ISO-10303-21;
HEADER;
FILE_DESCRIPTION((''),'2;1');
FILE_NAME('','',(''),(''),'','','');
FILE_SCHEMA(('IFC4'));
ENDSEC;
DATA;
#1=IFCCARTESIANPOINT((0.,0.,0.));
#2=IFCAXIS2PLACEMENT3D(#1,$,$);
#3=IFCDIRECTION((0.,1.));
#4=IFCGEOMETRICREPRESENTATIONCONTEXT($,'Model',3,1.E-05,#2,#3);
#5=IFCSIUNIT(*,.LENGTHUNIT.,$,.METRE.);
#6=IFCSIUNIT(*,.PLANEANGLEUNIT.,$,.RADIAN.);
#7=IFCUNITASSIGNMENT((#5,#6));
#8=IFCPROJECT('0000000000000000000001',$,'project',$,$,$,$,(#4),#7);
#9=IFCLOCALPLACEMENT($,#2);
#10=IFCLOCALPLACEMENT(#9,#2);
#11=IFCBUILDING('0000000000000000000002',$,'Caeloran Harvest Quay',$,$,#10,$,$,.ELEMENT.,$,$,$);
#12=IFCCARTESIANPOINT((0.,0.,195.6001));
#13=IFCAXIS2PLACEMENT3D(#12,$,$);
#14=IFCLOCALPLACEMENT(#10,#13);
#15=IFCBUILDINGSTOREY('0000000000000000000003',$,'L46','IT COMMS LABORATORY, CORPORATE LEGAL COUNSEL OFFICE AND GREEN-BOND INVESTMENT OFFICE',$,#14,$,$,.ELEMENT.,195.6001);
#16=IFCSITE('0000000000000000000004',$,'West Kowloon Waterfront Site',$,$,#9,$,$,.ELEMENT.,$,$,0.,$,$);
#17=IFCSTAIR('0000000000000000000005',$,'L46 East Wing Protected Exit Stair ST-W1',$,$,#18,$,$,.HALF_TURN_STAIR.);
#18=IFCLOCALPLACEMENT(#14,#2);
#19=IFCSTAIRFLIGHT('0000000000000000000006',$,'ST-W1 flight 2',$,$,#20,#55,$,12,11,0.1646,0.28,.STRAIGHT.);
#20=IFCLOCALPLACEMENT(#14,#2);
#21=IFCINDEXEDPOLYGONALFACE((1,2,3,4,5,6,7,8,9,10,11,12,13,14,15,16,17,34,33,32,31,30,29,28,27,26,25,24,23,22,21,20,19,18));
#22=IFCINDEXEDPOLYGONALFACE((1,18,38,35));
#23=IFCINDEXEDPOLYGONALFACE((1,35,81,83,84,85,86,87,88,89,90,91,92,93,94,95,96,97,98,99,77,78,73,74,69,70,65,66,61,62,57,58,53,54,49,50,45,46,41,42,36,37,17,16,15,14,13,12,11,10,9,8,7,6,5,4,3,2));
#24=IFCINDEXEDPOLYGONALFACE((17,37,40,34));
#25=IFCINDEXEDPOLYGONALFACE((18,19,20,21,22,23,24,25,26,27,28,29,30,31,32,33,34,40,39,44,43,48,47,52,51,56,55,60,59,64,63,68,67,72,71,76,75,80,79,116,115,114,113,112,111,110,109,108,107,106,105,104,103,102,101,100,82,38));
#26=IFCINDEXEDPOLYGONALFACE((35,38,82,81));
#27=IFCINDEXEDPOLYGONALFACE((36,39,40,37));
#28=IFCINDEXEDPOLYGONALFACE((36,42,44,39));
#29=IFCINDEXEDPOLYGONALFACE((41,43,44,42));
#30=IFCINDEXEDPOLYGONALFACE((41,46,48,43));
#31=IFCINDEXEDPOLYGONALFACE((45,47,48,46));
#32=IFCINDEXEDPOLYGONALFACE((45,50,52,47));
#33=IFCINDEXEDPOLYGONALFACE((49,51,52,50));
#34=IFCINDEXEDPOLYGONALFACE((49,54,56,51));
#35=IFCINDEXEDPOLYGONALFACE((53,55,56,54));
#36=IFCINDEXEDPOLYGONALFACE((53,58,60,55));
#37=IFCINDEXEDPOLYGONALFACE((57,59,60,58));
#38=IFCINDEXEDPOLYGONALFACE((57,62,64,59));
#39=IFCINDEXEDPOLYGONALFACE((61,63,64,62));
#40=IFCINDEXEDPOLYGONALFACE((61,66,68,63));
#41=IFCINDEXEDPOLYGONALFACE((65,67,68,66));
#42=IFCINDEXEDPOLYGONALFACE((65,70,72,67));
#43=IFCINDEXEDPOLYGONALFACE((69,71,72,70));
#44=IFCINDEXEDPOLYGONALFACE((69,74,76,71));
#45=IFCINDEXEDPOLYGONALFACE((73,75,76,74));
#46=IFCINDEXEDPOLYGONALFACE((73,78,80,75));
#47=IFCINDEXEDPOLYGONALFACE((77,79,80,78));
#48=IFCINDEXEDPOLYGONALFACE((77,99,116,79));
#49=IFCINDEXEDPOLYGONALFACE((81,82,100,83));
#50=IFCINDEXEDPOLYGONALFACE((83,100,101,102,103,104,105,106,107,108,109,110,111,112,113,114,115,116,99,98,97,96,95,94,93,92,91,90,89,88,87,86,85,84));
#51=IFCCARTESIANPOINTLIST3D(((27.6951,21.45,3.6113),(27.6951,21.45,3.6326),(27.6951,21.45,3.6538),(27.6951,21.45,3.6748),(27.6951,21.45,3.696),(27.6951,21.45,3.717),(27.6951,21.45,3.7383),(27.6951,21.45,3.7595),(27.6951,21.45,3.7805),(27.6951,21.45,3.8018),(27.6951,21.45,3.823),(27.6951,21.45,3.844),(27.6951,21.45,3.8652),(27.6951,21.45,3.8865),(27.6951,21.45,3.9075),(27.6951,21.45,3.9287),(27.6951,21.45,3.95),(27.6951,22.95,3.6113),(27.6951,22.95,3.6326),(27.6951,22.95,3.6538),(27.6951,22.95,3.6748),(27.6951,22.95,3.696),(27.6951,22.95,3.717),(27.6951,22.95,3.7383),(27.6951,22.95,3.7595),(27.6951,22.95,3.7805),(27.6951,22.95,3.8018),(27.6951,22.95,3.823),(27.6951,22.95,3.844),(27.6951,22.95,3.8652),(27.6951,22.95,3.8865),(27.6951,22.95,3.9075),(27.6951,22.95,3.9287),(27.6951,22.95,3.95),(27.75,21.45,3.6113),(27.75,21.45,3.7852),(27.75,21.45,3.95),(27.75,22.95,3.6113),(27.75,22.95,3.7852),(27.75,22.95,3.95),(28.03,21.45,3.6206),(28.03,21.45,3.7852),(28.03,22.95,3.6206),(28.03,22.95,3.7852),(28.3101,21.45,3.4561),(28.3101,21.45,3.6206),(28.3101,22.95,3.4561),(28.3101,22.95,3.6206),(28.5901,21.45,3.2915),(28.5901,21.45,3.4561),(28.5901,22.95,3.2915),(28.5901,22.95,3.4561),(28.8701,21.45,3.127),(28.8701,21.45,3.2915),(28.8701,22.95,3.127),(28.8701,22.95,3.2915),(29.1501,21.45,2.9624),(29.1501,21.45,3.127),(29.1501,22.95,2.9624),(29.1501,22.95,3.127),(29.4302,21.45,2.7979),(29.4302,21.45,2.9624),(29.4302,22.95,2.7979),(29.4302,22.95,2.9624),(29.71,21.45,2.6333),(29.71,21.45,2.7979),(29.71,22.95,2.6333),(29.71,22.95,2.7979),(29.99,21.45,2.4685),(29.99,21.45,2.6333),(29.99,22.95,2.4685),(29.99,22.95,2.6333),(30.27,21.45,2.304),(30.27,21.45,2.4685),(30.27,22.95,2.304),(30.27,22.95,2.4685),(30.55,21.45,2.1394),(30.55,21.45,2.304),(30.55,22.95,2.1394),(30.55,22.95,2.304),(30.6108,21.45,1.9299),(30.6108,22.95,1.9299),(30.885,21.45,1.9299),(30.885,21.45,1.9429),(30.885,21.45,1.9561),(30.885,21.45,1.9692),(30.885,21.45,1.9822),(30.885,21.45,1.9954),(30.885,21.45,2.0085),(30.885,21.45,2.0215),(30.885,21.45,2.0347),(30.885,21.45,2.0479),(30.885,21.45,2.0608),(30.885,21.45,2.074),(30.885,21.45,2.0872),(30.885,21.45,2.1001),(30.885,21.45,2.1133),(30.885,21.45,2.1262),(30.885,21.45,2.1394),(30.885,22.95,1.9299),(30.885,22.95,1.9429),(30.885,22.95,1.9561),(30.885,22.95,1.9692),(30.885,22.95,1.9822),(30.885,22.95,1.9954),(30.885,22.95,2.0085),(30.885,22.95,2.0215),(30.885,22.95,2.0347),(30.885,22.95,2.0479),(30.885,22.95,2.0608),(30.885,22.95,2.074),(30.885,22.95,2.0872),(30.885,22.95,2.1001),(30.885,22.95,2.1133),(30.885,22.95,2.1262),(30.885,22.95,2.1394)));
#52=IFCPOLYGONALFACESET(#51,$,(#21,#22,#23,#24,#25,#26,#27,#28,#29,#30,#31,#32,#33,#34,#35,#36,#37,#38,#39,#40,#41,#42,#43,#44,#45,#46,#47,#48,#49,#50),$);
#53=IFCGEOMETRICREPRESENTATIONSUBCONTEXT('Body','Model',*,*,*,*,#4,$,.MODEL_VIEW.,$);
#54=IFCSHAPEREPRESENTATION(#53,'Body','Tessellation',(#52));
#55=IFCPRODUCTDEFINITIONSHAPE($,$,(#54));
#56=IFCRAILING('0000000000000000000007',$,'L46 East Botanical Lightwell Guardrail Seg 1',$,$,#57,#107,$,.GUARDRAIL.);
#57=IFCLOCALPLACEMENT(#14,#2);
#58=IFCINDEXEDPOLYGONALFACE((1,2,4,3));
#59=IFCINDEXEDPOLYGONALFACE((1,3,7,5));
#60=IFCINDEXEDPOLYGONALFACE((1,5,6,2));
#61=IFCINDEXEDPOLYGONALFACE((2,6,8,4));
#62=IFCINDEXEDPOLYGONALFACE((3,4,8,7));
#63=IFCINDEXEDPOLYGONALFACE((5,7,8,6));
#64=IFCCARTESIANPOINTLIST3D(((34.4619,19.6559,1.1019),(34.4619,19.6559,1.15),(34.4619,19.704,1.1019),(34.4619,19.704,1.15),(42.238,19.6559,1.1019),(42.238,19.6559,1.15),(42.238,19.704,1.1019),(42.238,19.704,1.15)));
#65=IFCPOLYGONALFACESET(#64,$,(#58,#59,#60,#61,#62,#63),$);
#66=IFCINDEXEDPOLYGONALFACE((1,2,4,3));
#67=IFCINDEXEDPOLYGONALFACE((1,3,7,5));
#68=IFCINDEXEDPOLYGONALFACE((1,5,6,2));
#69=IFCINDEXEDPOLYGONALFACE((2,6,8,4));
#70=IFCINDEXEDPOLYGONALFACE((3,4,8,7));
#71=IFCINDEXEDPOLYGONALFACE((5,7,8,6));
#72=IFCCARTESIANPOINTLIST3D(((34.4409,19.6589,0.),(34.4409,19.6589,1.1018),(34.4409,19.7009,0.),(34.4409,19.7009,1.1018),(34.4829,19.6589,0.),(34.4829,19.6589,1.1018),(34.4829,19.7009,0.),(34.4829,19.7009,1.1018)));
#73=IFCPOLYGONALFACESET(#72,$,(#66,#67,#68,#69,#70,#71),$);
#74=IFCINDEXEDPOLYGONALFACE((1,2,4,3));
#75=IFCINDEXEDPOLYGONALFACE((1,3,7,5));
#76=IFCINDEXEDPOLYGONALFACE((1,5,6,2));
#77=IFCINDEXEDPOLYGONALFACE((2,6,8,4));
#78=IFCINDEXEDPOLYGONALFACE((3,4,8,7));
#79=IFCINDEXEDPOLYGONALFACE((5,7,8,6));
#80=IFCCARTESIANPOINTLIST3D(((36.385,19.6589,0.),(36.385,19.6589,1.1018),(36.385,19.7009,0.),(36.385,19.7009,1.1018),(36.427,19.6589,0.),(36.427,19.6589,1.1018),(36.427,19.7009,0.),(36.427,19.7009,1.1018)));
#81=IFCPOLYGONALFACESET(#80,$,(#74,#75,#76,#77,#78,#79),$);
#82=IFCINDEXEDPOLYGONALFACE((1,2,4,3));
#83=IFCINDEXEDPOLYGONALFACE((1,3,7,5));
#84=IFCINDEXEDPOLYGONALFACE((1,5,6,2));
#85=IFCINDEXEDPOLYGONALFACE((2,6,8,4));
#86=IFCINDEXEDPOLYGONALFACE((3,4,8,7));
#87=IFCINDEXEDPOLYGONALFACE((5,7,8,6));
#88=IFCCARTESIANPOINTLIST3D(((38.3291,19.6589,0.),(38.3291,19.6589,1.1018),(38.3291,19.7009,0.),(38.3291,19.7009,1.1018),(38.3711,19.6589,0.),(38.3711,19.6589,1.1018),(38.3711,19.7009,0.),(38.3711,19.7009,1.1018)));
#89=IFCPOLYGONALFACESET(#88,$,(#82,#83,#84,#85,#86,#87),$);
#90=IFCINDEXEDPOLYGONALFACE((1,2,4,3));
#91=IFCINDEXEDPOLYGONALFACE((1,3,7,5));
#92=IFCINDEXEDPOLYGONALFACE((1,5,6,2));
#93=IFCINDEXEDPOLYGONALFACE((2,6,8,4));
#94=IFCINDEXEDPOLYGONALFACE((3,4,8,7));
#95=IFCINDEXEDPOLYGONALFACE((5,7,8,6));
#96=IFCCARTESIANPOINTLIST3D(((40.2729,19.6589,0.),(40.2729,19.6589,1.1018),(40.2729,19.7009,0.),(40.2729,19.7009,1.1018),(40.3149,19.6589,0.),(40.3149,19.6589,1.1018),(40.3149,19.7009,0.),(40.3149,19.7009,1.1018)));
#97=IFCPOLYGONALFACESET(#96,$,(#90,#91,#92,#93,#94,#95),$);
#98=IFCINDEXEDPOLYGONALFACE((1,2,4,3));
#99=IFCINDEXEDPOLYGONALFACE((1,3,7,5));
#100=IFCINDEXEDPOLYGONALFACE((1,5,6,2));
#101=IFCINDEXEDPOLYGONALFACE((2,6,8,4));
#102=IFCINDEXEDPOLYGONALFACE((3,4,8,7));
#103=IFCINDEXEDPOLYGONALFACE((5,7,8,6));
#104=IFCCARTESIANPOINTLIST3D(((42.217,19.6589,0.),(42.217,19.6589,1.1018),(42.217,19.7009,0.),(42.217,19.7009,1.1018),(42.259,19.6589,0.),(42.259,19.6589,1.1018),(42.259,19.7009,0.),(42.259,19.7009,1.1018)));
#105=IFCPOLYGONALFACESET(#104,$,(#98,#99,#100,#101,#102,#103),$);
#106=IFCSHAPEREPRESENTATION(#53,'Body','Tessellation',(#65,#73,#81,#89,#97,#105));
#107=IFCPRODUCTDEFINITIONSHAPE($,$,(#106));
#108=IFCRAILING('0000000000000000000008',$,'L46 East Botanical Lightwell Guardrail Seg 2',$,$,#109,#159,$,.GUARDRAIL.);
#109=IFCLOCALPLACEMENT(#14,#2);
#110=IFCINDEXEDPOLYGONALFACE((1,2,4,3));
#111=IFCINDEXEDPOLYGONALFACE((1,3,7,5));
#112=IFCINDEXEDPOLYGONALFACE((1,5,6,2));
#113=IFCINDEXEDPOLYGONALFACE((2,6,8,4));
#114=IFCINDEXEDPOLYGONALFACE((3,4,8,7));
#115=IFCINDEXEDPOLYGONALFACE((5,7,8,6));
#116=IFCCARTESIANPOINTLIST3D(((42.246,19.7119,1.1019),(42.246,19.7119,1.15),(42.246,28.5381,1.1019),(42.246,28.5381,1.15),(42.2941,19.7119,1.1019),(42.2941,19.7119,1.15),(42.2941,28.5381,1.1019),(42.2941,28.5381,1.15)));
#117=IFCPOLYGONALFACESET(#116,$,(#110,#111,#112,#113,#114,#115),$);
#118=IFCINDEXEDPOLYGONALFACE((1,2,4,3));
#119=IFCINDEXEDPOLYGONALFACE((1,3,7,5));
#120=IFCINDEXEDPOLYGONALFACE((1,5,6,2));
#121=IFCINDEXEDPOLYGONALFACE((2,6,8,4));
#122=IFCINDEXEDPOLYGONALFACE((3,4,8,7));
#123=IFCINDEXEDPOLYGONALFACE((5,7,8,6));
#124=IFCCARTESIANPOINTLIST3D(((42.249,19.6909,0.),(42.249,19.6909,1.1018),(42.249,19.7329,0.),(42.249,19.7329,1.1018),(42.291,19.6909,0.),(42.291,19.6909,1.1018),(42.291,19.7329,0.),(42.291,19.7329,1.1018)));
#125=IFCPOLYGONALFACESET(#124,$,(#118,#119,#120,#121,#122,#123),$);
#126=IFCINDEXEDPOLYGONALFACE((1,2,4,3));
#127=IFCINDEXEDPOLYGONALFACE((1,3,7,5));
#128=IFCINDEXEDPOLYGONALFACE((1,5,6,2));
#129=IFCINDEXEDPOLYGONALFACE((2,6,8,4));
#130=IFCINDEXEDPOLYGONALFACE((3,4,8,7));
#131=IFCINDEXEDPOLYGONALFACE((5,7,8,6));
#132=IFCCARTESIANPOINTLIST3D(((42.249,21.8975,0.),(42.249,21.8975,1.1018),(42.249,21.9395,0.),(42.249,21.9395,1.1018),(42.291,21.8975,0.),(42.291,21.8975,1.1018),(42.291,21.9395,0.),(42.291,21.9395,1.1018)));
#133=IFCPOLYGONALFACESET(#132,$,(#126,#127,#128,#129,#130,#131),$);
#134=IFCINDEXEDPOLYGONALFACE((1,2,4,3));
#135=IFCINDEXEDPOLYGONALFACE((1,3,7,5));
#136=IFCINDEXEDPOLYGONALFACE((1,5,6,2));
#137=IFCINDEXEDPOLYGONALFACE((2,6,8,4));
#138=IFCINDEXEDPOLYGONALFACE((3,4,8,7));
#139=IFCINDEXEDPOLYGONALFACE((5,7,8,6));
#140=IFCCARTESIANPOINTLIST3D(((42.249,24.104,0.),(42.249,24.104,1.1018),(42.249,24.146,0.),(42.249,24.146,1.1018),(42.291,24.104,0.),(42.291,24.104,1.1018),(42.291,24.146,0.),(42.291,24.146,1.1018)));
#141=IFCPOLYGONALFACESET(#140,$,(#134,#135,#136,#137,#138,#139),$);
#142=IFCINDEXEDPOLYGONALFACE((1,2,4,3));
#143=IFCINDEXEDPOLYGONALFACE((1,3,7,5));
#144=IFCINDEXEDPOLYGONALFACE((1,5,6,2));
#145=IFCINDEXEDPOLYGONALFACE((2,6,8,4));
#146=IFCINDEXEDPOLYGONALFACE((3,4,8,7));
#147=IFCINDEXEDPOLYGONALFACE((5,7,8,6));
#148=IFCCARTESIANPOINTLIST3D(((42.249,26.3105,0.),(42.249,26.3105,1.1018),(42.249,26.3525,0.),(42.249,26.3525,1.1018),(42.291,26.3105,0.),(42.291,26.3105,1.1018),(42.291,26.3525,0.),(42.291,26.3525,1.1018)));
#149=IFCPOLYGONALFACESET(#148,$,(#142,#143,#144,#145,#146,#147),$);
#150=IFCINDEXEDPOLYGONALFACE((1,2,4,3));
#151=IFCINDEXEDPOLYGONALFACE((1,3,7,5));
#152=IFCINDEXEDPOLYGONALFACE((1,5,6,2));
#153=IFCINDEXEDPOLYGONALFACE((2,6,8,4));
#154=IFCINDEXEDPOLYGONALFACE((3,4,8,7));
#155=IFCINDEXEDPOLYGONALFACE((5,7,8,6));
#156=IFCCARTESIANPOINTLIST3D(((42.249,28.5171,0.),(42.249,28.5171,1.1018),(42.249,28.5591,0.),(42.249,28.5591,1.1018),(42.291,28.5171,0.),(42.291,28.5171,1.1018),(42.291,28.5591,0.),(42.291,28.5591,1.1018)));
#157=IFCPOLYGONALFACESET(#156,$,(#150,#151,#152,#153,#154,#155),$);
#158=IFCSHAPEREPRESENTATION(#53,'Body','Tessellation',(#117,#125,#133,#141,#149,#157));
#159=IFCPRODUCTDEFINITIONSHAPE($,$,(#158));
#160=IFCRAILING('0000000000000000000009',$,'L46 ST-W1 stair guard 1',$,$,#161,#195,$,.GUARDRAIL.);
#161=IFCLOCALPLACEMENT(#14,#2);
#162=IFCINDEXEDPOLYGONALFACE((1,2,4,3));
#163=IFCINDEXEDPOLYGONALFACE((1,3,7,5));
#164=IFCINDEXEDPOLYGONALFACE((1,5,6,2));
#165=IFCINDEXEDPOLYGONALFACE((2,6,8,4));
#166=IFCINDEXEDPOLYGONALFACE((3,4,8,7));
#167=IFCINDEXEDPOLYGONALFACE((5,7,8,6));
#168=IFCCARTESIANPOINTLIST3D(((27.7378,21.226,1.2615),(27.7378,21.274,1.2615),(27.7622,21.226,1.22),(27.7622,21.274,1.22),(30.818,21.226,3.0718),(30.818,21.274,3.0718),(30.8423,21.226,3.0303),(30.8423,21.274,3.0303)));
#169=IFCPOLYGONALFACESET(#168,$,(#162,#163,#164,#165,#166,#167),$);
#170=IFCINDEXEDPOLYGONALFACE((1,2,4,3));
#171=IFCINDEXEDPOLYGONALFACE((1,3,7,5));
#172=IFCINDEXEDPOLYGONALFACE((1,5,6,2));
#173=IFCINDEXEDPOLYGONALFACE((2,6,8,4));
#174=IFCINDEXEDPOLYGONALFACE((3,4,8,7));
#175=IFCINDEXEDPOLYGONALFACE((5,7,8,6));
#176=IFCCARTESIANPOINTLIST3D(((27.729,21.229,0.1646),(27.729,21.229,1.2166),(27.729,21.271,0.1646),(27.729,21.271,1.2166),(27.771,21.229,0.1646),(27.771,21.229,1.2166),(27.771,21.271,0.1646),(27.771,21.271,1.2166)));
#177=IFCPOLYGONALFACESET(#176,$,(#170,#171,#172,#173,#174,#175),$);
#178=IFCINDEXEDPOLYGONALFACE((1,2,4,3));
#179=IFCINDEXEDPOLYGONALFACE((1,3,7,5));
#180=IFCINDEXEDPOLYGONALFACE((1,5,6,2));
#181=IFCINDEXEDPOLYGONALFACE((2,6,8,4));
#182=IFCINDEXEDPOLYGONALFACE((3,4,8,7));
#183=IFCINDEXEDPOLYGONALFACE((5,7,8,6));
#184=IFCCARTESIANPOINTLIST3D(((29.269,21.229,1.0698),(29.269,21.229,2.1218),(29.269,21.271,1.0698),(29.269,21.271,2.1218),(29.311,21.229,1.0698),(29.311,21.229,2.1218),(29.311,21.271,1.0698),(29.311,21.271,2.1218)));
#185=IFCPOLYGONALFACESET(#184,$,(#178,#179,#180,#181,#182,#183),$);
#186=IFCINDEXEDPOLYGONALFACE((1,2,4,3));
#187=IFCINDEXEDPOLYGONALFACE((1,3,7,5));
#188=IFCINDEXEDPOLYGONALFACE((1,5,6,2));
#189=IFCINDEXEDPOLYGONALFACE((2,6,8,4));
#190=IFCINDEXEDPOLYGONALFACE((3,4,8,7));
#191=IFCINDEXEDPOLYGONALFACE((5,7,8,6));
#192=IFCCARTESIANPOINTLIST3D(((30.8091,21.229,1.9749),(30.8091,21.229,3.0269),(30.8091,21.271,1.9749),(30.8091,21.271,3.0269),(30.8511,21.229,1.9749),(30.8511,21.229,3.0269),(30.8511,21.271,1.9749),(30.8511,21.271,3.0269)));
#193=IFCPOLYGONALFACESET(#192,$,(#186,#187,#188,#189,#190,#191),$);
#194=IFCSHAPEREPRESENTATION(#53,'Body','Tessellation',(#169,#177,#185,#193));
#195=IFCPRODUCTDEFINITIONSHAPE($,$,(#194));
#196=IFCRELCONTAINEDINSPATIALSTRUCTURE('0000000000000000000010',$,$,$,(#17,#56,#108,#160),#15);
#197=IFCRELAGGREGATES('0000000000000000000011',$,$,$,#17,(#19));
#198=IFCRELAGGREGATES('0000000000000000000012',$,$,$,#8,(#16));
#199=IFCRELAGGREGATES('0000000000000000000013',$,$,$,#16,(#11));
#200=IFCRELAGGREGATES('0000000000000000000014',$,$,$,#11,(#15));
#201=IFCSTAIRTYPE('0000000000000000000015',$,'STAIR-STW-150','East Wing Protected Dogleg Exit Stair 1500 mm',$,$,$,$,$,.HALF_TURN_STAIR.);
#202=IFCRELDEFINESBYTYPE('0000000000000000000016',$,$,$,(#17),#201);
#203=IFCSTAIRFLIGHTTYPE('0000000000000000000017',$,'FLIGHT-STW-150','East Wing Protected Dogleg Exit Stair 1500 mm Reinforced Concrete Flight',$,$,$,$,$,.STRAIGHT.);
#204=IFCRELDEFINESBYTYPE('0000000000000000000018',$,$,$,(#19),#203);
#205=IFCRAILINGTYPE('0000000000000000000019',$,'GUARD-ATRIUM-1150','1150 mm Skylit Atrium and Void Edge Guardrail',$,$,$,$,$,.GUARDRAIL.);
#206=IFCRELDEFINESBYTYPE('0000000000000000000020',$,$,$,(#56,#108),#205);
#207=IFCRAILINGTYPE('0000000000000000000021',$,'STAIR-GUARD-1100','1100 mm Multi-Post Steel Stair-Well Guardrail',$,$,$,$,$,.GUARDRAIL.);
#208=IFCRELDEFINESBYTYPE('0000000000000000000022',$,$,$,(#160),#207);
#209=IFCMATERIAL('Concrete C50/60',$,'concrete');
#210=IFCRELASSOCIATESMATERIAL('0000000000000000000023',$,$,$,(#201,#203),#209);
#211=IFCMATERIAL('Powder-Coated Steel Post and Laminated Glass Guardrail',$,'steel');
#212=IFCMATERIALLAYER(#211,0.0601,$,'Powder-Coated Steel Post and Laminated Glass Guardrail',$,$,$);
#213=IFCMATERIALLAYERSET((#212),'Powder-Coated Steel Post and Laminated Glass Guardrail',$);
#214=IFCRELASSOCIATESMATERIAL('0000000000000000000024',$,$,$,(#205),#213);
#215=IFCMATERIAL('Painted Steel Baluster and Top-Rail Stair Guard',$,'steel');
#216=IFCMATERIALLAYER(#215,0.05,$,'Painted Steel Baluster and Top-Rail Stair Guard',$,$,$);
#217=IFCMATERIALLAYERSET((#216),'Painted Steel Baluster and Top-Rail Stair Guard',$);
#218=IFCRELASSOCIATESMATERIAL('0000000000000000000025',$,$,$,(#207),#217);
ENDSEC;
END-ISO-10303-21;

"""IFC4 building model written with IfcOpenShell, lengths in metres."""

from ifc_helpers import new_model, si_unit, direction, frame, origin, origin_2d, place, context, subcontext, project, spatial, polyline, rectangle, outline, extrude, material, layer, layer_set, type_object, element, aggregate, save


model = new_model("IFC4")

# Units and contexts
model_context = context("Model", 3, precision=1e-05, world=origin(), true_north=direction((0.0, 1.0)))
body_context = subcontext(model_context, "Body", "Model", "MODEL_VIEW")
ifc_project = project(units=[si_unit("LENGTHUNIT", "METRE"), si_unit("PLANEANGLEUNIT", "RADIAN")], contexts=[model_context])

# Site, building, storey
site_placement = place(None, origin())
site = spatial("IfcSite", under=ifc_project, at=site_placement, Name="West Kowloon Waterfront Site", CompositionType="ELEMENT", RefElevation=0.0)
building_placement = place(site_placement, origin())
building = spatial("IfcBuilding", under=site, at=building_placement, Name="Caeloran Harvest Quay", CompositionType="ELEMENT")
storey_placement = place(building_placement, frame((0.0, 0.0, 195.6001)))
storey = spatial("IfcBuildingStorey", under=building, at=storey_placement, Name="L46", Description="IT COMMS LABORATORY, CORPORATE LEGAL COUNSEL OFFICE AND GREEN-BOND INVESTMENT OFFICE", CompositionType="ELEMENT", Elevation=195.6001)

# Stair, stair flight
ifc_material_1 = material(Name="Concrete C50/60", Category="concrete")
stair_type = type_object("IfcStairType", Name="STAIR-STW-150", Description="East Wing Protected Dogleg Exit Stair 1500 mm", PredefinedType="HALF_TURN_STAIR", material=ifc_material_1)
stair_placement = place(storey_placement, origin())
stair = element("IfcStair", 1, at=stair_placement, inside=storey, type_object=stair_type, Name="L46 East Wing Protected Exit Stair ST-W1", PredefinedType="HALF_TURN_STAIR")
stair_flight_type = type_object("IfcStairFlightType", Name="FLIGHT-STW-150", Description="East Wing Protected Dogleg Exit Stair 1500 mm Reinforced Concrete Flight", PredefinedType="STRAIGHT", material=ifc_material_1)
stair_flight_1_placement = place(storey_placement, frame((30.8301, 22.2, 1.9749), z_axis=(0.0, 0.0, 1.0), x_axis=(-1.0, 0.0, 0.0)))
stair_flight_1 = element("IfcStairFlight", 2, at=stair_flight_1_placement, type_object=stair_flight_type, Name="ST-W1 flight 2", NumberOfRisers=12, NumberOfTreads=11, PredefinedType="STRAIGHT", RiserHeight=0.1646, TreadLength=0.28, context=body_context, shape_type="SweptSolid", body=[
    extrude(outline(polyline([(-0.0549, -0.0449), (-0.0549, -0.032), (-0.0549, -0.0188), (-0.0549, -0.0056), (-0.0549, 0.0073), (-0.0549, 0.0205), (-0.0549, 0.0337), (-0.0549, 0.0466), (-0.0549, 0.0598), (-0.0549, 0.073), (-0.0549, 0.0859), (-0.0549, 0.0991), (-0.0549, 0.1123), (-0.0549, 0.1252), (-0.0549, 0.1384), (-0.0549, 0.1514), (-0.0549, 0.1646), (0.28, 0.1646), (0.28, 0.3291), (0.5601, 0.3291), (0.5601, 0.4937), (0.8401, 0.4937), (0.8401, 0.6584), (1.1201, 0.6584), (1.1201, 0.823), (1.3999, 0.823), (1.3999, 0.9875), (1.6799, 0.9875), (1.6799, 1.1521), (1.96, 1.1521), (1.96, 1.3167), (2.24, 1.3167), (2.24, 1.4812), (2.52, 1.4812), (2.52, 1.6458), (2.8, 1.6458), (2.8, 1.8103), (3.0801, 1.8103), (3.0801, 1.9751), (3.135, 1.9751), (3.135, 1.9539), (3.135, 1.9326), (3.135, 1.9116), (3.135, 1.8904), (3.135, 1.8691), (3.135, 1.8481), (3.135, 1.8269), (3.135, 1.8057), (3.135, 1.7847), (3.135, 1.7634), (3.135, 1.7422), (3.135, 1.7212), (3.135, 1.7), (3.135, 1.679), (3.135, 1.6577), (3.135, 1.6365), (3.0801, 1.6365), (0.2192, -0.0449), (-0.0549, -0.0449)])), frame((0.0, 0.75, 0.0), z_axis=(0.0, -1.0, 0.0), x_axis=(1.0, 0.0, 0.0)), (0.0, 0.0, 1.0), 1.5),
])
aggregate(stair, [stair_flight_1])

# Railings
ifc_material_2 = material(Name="Powder-Coated Steel Post and Laminated Glass Guardrail", Category="steel")
ifc_layer_1 = layer(ifc_material_2, 0.0601, Name="Powder-Coated Steel Post and Laminated Glass Guardrail")
ifc_layer_set_1 = layer_set([ifc_layer_1], Name="Powder-Coated Steel Post and Laminated Glass Guardrail")
railing_type_1 = type_object("IfcRailingType", Name="GUARD-ATRIUM-1150", Description="1150 mm Skylit Atrium and Void Edge Guardrail", PredefinedType="GUARDRAIL", material=ifc_layer_set_1)
railing_1_placement = place(storey_placement, frame((34.4619, 19.6799, 0.0)))
element("IfcRailing", 3, at=railing_1_placement, inside=storey, type_object=railing_type_1, Name="L46 East Botanical Lightwell Guardrail Seg 1", PredefinedType="GUARDRAIL", context=body_context, shape_type="SweptSolid", body=[
    extrude(rectangle(XDim=0.0481, YDim=0.0481, at=origin_2d()), frame((0.0, 0.0, 1.126), z_axis=(1.0, 0.0, 0.0), x_axis=(0.0, 1.0, 0.0)), (0.0, 0.0, 1.0), 7.7761),
    extrude(rectangle(XDim=0.042, YDim=0.042, at=origin_2d()), origin(), (0.0, 0.0, 1.0), 1.1018),
    extrude(rectangle(XDim=0.042, YDim=0.042, at=origin_2d()), frame((1.9441, 0.0, 0.0)), (0.0, 0.0, 1.0), 1.1018),
    extrude(rectangle(XDim=0.042, YDim=0.042, at=origin_2d()), frame((3.8882, 0.0, 0.0)), (0.0, 0.0, 1.0), 1.1018),
    extrude(rectangle(XDim=0.042, YDim=0.042, at=origin_2d()), frame((5.832, 0.0, 0.0)), (0.0, 0.0, 1.0), 1.1018),
    extrude(rectangle(XDim=0.042, YDim=0.042, at=origin_2d()), frame((7.7761, 0.0, 0.0)), (0.0, 0.0, 1.0), 1.1018),
])
railing_2_placement = place(storey_placement, frame((42.27, 19.7119, 0.0)))
element("IfcRailing", 4, at=railing_2_placement, inside=storey, type_object=railing_type_1, Name="L46 East Botanical Lightwell Guardrail Seg 2", PredefinedType="GUARDRAIL", context=body_context, shape_type="SweptSolid", body=[
    extrude(rectangle(XDim=0.0481, YDim=0.0481, at=origin_2d()), frame((0.0, 0.0, 1.126), z_axis=(0.0, 1.0, 0.0), x_axis=(-1.0, 0.0, 0.0)), (0.0, 0.0, 1.0), 8.8262),
    extrude(rectangle(XDim=0.042, YDim=0.042, at=origin_2d()), origin(), (0.0, 0.0, 1.0), 1.1018),
    extrude(rectangle(XDim=0.042, YDim=0.042, at=origin_2d()), frame((0.0, 2.2065, 0.0)), (0.0, 0.0, 1.0), 1.1018),
    extrude(rectangle(XDim=0.042, YDim=0.042, at=origin_2d()), frame((0.0, 4.4131, 0.0)), (0.0, 0.0, 1.0), 1.1018),
    extrude(rectangle(XDim=0.042, YDim=0.042, at=origin_2d()), frame((0.0, 6.6196, 0.0)), (0.0, 0.0, 1.0), 1.1018),
    extrude(rectangle(XDim=0.042, YDim=0.042, at=origin_2d()), frame((0.0, 8.8262, 0.0)), (0.0, 0.0, 1.0), 1.1018),
])
ifc_material_3 = material(Name="Painted Steel Baluster and Top-Rail Stair Guard", Category="steel")
ifc_layer_2 = layer(ifc_material_3, 0.05, Name="Painted Steel Baluster and Top-Rail Stair Guard")
ifc_layer_set_2 = layer_set([ifc_layer_2], Name="Painted Steel Baluster and Top-Rail Stair Guard")
railing_type_2 = type_object("IfcRailingType", Name="STAIR-GUARD-1100", Description="1100 mm Multi-Post Steel Stair-Well Guardrail", PredefinedType="GUARDRAIL", material=ifc_layer_set_2)
railing_3_placement = place(storey_placement, frame((27.75, 21.25, 0.1646)))
element("IfcRailing", 5, at=railing_3_placement, inside=storey, type_object=railing_type_2, Name="L46 ST-W1 stair guard 1", PredefinedType="GUARDRAIL", context=body_context, shape_type="SweptSolid", body=[
    extrude(rectangle(XDim=0.0481, YDim=0.0481, at=origin_2d()), frame((0.0, 0.0, 1.0762), z_axis=(0.862119, 0.0, 0.506707), x_axis=(0.0, 1.0, 0.0)), (0.0, 0.0, 1.0), 3.5728),
    extrude(rectangle(XDim=0.042, YDim=0.042, at=origin_2d()), origin(), (0.0, 0.0, 1.0), 1.052),
    extrude(rectangle(XDim=0.042, YDim=0.042, at=origin_2d()), frame((1.54, 0.0, 0.9053)), (0.0, 0.0, 1.0), 1.052),
    extrude(rectangle(XDim=0.042, YDim=0.042, at=origin_2d()), frame((3.0801, 0.0, 1.8103)), (0.0, 0.0, 1.0), 1.052),
])

save(model, "model.ifc")
